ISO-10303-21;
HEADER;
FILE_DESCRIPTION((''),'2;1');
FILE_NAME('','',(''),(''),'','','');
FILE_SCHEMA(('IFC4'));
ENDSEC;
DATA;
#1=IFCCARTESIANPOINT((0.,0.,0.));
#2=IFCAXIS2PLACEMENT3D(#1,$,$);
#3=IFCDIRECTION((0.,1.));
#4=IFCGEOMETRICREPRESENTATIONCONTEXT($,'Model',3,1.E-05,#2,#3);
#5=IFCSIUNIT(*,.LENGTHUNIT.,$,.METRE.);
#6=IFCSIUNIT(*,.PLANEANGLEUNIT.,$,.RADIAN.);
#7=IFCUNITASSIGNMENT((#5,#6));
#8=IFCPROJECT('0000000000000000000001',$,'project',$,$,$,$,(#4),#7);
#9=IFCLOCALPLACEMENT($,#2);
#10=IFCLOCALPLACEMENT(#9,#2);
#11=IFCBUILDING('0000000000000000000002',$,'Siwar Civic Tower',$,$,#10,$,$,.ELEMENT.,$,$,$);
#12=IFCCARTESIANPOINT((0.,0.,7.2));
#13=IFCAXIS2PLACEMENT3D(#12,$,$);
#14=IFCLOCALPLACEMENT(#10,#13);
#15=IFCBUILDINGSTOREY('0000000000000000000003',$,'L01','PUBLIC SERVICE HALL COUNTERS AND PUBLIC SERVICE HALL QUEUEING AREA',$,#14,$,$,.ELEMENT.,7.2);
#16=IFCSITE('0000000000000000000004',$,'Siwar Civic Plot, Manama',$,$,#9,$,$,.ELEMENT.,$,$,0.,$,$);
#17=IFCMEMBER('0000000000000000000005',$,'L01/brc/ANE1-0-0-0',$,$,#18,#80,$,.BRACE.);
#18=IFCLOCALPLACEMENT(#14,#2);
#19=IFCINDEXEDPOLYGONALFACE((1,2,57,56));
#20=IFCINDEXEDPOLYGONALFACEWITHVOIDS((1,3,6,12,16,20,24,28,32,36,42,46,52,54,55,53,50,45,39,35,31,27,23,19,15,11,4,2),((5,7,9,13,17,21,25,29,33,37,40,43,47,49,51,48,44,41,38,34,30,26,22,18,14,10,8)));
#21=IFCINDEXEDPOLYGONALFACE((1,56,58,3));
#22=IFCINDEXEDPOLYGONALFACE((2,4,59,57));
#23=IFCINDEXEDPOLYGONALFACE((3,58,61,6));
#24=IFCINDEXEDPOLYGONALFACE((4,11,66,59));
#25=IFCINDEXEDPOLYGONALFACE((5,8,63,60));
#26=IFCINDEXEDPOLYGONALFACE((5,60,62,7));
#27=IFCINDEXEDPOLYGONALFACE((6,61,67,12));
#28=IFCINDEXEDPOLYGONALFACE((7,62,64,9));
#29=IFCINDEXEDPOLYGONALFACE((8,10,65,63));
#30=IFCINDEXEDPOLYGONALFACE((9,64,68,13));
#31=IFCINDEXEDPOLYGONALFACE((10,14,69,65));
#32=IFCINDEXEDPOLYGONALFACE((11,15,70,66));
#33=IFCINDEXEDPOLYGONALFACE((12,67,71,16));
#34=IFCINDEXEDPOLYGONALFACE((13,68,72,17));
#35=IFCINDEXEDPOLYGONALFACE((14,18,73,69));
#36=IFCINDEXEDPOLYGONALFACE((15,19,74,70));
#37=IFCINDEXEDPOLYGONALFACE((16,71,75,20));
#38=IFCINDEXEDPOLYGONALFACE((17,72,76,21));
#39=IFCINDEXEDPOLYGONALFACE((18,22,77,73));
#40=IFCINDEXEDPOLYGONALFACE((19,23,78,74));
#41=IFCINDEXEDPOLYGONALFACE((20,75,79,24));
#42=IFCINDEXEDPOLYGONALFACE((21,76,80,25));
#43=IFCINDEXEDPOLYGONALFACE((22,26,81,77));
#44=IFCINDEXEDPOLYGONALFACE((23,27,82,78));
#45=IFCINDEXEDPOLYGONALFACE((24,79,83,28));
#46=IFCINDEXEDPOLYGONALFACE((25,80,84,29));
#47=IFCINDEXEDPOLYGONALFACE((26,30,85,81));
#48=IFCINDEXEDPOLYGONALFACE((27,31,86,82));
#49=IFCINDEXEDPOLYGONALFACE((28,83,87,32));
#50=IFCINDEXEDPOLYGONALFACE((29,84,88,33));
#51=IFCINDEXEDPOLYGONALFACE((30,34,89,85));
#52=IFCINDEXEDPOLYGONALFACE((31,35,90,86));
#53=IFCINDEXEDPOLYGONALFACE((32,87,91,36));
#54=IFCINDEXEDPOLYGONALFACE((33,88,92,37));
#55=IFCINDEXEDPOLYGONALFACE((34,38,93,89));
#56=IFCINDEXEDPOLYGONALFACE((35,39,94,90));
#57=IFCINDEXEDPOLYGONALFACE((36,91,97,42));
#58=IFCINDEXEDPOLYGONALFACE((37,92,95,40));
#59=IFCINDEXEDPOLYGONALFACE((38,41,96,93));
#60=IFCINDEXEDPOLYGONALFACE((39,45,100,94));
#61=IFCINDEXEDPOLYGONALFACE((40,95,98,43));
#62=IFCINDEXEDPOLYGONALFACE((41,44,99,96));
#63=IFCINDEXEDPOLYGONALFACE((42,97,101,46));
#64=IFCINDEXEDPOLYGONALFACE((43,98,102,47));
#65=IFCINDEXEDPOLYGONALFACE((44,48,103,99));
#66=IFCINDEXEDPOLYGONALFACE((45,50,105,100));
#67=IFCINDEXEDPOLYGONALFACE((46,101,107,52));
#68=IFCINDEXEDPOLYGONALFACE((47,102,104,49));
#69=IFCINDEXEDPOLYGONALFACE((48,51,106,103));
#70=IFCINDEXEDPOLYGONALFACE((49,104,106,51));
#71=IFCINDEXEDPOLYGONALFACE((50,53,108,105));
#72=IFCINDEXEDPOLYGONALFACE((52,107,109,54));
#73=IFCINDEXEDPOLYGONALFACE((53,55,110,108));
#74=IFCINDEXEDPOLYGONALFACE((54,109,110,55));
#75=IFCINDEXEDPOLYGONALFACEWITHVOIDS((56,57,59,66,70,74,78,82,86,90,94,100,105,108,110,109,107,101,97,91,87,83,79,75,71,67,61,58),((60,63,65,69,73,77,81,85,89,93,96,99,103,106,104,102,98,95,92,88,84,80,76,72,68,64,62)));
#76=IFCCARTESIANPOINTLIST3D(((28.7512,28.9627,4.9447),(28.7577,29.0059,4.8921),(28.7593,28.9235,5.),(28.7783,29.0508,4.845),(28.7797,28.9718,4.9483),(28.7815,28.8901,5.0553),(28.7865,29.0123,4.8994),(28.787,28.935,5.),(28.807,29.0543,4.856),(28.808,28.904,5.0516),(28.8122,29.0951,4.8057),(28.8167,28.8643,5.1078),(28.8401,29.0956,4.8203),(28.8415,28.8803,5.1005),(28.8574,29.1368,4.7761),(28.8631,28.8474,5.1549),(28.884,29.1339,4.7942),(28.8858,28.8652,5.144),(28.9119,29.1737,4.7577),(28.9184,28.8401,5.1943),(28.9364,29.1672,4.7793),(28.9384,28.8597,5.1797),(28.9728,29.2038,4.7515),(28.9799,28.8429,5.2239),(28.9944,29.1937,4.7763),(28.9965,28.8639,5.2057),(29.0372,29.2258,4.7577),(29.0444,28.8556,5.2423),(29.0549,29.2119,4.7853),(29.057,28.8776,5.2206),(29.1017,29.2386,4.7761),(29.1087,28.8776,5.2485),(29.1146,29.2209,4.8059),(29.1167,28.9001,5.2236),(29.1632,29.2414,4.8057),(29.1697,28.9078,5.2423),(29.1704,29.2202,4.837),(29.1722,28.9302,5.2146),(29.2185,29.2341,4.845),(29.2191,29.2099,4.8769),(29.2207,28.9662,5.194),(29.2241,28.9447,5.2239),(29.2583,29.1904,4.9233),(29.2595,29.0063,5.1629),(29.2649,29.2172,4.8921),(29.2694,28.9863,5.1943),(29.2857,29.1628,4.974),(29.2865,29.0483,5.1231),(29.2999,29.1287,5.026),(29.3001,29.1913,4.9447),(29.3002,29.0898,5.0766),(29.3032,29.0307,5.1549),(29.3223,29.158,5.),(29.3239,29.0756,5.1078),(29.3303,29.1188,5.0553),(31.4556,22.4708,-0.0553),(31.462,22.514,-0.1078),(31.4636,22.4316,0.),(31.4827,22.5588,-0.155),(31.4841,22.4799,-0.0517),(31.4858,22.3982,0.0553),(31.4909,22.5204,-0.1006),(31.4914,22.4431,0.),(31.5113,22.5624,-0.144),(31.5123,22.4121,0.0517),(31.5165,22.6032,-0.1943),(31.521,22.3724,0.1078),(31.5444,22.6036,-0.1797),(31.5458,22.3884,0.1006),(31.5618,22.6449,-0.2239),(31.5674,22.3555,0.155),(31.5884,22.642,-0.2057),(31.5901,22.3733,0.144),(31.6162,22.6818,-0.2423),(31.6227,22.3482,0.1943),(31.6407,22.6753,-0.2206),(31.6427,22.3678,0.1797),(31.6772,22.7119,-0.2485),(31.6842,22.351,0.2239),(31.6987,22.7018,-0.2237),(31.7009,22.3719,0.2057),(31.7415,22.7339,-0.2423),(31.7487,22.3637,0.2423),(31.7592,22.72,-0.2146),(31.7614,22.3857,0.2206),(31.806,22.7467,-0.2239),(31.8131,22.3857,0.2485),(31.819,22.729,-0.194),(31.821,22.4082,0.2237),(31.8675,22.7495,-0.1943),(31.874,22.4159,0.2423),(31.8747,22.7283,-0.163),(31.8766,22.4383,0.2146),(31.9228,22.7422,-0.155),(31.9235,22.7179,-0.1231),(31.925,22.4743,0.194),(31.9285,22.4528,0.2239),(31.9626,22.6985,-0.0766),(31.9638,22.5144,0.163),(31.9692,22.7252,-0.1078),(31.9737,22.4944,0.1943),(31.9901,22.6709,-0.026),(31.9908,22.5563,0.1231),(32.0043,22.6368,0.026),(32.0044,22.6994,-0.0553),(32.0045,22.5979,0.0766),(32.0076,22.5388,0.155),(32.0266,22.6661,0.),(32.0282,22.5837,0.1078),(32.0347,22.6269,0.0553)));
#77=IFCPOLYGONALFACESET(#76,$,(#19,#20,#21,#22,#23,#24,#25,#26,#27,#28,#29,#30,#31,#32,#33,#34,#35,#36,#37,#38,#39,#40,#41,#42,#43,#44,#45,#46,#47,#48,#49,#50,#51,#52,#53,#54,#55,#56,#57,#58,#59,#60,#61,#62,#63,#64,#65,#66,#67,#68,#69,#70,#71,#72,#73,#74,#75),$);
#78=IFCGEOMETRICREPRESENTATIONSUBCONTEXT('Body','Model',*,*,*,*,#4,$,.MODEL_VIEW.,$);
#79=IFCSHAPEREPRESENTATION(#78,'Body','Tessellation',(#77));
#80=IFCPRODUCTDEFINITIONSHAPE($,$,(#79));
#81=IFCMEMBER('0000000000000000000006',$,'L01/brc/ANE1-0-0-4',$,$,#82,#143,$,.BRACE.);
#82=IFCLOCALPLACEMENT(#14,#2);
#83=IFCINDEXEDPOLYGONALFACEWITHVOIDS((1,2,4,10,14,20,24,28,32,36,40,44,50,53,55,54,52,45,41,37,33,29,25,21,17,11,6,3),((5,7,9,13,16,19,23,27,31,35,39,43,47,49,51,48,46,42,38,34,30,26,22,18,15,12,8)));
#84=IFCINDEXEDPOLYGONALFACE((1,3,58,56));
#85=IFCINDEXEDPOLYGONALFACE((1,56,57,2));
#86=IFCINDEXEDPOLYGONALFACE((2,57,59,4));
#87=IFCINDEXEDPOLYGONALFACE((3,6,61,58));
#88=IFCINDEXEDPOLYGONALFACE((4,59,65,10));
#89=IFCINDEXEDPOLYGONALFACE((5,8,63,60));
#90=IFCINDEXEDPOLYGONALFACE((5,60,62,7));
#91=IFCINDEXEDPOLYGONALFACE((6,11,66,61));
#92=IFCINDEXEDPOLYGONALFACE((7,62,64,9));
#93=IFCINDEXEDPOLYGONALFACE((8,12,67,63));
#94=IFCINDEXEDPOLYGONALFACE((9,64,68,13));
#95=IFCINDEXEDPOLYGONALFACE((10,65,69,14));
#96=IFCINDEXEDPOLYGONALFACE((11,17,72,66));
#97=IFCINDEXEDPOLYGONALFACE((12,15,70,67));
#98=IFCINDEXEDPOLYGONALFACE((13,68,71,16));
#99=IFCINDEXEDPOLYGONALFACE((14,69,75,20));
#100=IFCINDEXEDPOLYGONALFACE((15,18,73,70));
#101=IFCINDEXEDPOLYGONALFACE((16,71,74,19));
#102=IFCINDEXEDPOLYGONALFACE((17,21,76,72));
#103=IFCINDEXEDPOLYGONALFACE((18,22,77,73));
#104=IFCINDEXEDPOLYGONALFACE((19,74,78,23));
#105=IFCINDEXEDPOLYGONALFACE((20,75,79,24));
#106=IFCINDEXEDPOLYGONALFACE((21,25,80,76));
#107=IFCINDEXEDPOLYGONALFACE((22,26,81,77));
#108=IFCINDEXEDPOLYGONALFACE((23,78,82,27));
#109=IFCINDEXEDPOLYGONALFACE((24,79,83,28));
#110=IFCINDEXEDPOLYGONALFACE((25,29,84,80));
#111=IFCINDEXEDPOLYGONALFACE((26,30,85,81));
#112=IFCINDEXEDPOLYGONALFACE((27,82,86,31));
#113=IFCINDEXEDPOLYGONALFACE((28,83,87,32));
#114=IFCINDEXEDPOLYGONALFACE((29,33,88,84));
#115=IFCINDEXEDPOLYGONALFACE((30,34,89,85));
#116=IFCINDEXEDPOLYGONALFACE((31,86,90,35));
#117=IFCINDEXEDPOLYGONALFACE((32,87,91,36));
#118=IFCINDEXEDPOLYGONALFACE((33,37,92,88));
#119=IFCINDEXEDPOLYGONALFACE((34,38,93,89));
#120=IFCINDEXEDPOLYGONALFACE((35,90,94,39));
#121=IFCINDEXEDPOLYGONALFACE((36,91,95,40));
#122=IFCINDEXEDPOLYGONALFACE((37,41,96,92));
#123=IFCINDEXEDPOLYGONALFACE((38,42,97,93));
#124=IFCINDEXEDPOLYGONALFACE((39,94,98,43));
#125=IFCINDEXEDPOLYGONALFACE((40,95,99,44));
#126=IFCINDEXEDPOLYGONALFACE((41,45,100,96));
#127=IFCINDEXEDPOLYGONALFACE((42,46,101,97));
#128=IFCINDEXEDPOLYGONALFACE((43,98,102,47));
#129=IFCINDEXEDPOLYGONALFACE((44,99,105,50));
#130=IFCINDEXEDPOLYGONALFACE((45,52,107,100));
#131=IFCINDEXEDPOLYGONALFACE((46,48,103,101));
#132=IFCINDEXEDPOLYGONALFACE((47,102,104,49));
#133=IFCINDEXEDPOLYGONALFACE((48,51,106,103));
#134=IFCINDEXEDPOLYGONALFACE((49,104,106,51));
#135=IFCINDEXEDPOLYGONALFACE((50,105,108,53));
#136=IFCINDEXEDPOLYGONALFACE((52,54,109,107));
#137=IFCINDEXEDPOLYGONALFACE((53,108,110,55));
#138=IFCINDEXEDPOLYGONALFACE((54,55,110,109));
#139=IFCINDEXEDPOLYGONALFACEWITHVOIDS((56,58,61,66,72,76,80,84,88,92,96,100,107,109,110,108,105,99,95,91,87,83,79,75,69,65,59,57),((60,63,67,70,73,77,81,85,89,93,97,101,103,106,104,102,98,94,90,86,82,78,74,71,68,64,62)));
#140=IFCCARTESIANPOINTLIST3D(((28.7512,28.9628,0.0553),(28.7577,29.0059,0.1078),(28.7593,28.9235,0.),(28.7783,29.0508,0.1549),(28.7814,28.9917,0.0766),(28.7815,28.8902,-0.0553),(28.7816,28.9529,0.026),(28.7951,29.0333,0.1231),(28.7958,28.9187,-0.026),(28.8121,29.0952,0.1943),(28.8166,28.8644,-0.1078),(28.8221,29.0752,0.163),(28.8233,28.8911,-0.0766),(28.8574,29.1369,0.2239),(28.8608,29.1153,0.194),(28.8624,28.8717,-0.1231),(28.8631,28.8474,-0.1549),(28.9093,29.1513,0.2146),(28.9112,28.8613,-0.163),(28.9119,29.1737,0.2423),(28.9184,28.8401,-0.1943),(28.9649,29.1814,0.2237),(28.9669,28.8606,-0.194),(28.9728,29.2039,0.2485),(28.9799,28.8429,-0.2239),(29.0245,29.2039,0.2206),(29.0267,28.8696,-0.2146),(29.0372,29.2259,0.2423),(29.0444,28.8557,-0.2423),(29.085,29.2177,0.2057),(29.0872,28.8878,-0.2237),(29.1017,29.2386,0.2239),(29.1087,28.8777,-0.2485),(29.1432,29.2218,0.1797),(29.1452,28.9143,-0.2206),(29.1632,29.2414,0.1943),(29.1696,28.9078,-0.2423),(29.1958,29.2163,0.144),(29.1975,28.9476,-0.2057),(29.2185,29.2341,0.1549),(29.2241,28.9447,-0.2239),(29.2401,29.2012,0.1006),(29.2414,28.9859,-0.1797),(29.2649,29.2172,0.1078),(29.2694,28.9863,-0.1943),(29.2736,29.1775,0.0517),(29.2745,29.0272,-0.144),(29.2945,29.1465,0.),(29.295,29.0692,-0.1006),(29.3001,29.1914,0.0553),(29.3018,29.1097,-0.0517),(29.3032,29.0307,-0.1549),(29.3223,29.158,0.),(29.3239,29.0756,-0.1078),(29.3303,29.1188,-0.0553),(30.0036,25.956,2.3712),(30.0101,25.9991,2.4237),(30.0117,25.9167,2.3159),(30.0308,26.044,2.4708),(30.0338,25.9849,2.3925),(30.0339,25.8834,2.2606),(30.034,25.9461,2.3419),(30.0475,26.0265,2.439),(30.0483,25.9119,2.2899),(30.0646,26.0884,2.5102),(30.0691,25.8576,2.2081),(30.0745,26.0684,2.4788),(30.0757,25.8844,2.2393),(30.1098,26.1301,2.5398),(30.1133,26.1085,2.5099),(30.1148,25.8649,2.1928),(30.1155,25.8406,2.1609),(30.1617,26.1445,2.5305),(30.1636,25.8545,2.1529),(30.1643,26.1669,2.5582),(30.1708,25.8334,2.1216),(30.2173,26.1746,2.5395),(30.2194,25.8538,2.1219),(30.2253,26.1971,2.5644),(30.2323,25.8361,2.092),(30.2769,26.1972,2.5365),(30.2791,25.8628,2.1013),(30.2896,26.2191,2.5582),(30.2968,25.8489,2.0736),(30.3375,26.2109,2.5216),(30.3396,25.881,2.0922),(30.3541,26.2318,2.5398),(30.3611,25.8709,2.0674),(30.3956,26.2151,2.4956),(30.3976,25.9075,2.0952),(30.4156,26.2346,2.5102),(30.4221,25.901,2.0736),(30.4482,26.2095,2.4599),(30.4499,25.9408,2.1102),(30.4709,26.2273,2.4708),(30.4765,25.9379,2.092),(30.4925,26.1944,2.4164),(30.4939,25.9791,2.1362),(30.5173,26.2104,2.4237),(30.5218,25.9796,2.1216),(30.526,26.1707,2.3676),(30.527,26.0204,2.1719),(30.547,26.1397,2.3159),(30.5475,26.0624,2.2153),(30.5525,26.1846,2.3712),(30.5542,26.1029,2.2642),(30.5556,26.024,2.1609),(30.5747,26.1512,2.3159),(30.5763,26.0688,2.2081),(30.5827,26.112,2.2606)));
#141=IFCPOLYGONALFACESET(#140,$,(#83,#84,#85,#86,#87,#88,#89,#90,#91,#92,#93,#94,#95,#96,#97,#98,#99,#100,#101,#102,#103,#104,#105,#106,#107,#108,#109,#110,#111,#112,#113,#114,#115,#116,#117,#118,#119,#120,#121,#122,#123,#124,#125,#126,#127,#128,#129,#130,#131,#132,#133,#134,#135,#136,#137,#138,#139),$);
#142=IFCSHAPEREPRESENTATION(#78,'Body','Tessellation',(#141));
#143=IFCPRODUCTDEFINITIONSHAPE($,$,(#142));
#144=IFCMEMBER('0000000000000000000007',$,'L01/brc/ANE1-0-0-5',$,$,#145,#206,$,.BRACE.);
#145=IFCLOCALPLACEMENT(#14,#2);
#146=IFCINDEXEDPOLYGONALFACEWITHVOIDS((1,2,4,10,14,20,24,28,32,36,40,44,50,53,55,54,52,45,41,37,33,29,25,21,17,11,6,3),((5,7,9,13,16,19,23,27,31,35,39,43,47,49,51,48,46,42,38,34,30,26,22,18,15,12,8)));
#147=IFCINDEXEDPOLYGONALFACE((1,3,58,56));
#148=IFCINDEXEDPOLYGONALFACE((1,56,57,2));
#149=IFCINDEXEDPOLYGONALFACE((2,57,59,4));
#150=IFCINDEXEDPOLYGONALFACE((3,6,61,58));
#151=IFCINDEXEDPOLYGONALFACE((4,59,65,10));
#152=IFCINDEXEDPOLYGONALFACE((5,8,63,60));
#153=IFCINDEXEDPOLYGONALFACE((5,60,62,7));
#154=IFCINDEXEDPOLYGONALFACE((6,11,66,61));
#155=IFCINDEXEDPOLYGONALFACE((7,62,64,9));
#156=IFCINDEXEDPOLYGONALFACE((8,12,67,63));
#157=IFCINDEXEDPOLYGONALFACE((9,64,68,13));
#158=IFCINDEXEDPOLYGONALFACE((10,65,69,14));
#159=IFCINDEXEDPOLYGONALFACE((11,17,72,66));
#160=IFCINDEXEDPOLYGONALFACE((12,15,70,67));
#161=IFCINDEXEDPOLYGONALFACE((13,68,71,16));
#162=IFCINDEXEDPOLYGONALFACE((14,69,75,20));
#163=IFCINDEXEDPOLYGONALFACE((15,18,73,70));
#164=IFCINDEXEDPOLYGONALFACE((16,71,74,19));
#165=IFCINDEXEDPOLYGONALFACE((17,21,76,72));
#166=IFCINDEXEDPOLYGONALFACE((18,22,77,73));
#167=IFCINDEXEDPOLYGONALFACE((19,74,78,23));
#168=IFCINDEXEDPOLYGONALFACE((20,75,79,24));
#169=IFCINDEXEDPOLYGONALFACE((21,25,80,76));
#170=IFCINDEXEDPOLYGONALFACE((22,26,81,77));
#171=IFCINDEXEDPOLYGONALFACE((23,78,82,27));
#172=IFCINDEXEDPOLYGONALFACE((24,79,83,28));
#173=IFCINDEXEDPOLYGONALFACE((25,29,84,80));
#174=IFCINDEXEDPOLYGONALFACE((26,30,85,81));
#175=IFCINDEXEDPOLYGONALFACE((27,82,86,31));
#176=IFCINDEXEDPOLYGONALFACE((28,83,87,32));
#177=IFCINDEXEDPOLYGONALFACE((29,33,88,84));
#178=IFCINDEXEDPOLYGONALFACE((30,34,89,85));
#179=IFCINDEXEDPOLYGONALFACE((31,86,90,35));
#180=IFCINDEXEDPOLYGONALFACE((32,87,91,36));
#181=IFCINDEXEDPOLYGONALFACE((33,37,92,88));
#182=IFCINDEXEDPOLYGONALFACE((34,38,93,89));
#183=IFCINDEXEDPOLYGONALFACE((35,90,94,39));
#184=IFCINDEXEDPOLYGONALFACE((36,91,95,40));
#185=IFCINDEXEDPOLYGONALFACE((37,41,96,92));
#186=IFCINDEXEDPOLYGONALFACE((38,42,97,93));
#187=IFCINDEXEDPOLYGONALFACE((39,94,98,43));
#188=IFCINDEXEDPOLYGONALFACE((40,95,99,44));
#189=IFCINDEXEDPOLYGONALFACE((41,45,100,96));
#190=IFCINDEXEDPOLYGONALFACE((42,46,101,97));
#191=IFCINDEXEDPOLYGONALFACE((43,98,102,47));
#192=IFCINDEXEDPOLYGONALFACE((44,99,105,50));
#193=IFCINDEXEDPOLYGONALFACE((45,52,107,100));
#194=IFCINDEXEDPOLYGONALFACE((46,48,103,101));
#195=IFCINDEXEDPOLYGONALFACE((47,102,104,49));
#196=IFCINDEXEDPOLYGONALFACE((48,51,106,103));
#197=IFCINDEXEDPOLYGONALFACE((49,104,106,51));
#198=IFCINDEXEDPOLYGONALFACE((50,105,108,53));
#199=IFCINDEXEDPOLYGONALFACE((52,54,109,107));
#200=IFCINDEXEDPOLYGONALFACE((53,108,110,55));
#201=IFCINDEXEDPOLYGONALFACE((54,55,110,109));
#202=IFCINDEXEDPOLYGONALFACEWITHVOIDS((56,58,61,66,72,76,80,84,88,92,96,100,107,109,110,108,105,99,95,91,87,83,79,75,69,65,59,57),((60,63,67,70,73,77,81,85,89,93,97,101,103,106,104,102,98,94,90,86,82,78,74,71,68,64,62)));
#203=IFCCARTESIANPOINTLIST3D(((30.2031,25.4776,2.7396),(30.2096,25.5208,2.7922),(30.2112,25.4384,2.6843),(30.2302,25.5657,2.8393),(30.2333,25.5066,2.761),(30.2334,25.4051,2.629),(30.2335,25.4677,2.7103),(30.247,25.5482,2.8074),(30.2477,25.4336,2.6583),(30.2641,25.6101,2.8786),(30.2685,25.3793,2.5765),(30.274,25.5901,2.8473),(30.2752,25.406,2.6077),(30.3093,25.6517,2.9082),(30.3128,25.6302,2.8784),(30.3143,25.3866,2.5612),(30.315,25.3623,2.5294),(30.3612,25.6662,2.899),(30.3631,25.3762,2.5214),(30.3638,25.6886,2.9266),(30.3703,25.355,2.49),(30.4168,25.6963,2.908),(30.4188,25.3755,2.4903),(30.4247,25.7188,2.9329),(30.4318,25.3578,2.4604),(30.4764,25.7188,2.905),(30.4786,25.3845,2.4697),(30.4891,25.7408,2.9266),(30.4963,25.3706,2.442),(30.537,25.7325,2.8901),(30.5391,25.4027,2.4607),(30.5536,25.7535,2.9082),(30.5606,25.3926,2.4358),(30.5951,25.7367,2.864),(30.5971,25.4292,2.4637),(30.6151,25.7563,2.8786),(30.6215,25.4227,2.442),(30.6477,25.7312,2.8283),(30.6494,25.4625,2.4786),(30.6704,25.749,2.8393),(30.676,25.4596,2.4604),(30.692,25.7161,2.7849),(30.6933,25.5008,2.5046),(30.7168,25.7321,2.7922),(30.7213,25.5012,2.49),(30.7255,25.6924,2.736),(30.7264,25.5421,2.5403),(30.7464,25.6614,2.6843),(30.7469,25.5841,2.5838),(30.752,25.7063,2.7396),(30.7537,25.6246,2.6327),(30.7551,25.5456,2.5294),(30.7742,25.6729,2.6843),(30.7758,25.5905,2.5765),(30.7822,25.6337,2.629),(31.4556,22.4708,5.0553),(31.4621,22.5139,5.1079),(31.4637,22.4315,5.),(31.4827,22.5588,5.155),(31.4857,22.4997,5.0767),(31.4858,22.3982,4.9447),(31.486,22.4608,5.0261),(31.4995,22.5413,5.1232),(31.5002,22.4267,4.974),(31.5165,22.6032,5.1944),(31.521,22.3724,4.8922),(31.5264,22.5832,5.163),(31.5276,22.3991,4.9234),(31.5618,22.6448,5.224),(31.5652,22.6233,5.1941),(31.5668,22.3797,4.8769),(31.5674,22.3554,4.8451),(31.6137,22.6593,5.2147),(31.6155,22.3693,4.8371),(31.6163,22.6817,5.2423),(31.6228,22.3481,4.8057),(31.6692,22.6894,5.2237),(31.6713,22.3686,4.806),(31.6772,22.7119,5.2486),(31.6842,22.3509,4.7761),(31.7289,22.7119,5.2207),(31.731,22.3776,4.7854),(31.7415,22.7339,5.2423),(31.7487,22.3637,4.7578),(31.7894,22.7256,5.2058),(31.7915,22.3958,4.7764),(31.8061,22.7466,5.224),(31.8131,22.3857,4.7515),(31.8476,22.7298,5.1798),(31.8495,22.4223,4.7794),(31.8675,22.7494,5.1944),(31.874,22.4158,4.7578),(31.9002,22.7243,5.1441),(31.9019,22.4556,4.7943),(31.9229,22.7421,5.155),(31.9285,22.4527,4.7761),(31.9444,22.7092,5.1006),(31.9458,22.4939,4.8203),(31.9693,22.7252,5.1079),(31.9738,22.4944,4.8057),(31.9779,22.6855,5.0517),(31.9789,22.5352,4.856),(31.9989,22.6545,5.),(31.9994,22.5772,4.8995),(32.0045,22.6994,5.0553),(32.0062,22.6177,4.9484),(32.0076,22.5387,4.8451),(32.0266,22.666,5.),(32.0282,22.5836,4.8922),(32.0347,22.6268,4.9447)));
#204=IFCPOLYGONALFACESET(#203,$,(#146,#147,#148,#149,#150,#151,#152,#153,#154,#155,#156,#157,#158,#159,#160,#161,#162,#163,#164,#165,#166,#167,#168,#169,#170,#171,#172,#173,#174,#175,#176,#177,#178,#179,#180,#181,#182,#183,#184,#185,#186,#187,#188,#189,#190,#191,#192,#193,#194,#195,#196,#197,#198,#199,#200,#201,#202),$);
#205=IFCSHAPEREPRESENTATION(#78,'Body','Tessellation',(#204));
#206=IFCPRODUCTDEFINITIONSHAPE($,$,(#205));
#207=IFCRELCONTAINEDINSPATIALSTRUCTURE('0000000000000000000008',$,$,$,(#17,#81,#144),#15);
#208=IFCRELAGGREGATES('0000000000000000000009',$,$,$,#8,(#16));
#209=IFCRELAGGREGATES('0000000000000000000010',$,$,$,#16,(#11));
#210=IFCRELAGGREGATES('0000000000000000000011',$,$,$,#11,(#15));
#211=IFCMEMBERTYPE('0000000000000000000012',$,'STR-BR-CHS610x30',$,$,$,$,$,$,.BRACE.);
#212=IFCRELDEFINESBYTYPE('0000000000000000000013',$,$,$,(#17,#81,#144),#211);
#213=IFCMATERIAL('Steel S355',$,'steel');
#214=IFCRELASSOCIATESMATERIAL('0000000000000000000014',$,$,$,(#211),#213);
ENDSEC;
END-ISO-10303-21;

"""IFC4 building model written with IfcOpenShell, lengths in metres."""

from ifc_helpers import new_model, si_unit, direction, frame, origin, origin_2d, place, context, subcontext, project, spatial, hollow_circle, extrude, material, material_profile, profile_set, type_object, element, save


model = new_model("IFC4")

# Units and contexts
model_context = context("Model", 3, precision=1e-05, world=origin(), true_north=direction((0.0, 1.0)))
body_context = subcontext(model_context, "Body", "Model", "MODEL_VIEW")
ifc_project = project(units=[si_unit("LENGTHUNIT", "METRE"), si_unit("PLANEANGLEUNIT", "RADIAN")], contexts=[model_context])

# Site, building, storey
site_placement = place(None, origin())
site = spatial("IfcSite", under=ifc_project, at=site_placement, Name="Siwar Civic Plot, Manama", CompositionType="ELEMENT", RefElevation=0.0)
building_placement = place(site_placement, origin())
building = spatial("IfcBuilding", under=site, at=building_placement, Name="Siwar Civic Tower", CompositionType="ELEMENT")
storey_placement = place(building_placement, frame((0.0, 0.0, 7.2)))
storey = spatial("IfcBuildingStorey", under=building, at=storey_placement, Name="L01", Description="PUBLIC SERVICE HALL COUNTERS AND PUBLIC SERVICE HALL QUEUEING AREA", CompositionType="ELEMENT", Elevation=7.2)

# Members
ifc_material_1 = material(Name="Steel S355", Category="steel")
ifc_material_profile_1 = material_profile(ifc_material_1, hollow_circle(Radius=0.3049, WallThickness=0.03, at=origin_2d()), Name="CHS610x30")
ifc_profile_set_1 = profile_set([ifc_material_profile_1], Name="Steel S355")
member_type_1 = type_object("IfcMemberType", Name="STR-BR-CHS610x30", PredefinedType="BRACE", material=ifc_profile_set_1)
member_1_placement = place(storey_placement, frame((31.7451, 22.5488, 0.0), z_axis=(-0.313404, 0.752344, 0.579445), x_axis=(-0.923109, -0.384539, 0.0)))
element("IfcMember", 1, at=member_1_placement, inside=storey, type_object=member_type_1, Name="L01/brc/ANE1-0-0-0", PredefinedType="BRACE", context=body_context, shape_type="SweptSolid", body=[
    extrude(hollow_circle(Radius=0.3049, WallThickness=0.03, at=origin_2d()), origin(), (0.0, 0.0, 1.0), 8.6289),
])
for number, where, z_axis, x_axis, name in (
    (2, (29.0408, 29.0408, 0.0), (0.313373, -0.752341, 0.579466), (0.923121, 0.384509, 0.0), "L01/brc/ANE1-0-0-4"),
    (3, (30.4927, 25.5557, 2.6843), (0.313385, -0.752367, 0.579425), (0.923121, 0.384509, 0.0), "L01/brc/ANE1-0-0-5"),
):
    element("IfcMember", number, at=place(storey_placement, frame(where, z_axis=z_axis, x_axis=x_axis)), inside=storey, type_object=member_type_1, Name=name, PredefinedType="BRACE", context=body_context, shape_type="SweptSolid", body=[
        extrude(hollow_circle(Radius=0.3049, WallThickness=0.03, at=origin_2d()), origin(), (0.0, 0.0, 1.0), 3.9966),
    ])

save(model, "model.ifc")
